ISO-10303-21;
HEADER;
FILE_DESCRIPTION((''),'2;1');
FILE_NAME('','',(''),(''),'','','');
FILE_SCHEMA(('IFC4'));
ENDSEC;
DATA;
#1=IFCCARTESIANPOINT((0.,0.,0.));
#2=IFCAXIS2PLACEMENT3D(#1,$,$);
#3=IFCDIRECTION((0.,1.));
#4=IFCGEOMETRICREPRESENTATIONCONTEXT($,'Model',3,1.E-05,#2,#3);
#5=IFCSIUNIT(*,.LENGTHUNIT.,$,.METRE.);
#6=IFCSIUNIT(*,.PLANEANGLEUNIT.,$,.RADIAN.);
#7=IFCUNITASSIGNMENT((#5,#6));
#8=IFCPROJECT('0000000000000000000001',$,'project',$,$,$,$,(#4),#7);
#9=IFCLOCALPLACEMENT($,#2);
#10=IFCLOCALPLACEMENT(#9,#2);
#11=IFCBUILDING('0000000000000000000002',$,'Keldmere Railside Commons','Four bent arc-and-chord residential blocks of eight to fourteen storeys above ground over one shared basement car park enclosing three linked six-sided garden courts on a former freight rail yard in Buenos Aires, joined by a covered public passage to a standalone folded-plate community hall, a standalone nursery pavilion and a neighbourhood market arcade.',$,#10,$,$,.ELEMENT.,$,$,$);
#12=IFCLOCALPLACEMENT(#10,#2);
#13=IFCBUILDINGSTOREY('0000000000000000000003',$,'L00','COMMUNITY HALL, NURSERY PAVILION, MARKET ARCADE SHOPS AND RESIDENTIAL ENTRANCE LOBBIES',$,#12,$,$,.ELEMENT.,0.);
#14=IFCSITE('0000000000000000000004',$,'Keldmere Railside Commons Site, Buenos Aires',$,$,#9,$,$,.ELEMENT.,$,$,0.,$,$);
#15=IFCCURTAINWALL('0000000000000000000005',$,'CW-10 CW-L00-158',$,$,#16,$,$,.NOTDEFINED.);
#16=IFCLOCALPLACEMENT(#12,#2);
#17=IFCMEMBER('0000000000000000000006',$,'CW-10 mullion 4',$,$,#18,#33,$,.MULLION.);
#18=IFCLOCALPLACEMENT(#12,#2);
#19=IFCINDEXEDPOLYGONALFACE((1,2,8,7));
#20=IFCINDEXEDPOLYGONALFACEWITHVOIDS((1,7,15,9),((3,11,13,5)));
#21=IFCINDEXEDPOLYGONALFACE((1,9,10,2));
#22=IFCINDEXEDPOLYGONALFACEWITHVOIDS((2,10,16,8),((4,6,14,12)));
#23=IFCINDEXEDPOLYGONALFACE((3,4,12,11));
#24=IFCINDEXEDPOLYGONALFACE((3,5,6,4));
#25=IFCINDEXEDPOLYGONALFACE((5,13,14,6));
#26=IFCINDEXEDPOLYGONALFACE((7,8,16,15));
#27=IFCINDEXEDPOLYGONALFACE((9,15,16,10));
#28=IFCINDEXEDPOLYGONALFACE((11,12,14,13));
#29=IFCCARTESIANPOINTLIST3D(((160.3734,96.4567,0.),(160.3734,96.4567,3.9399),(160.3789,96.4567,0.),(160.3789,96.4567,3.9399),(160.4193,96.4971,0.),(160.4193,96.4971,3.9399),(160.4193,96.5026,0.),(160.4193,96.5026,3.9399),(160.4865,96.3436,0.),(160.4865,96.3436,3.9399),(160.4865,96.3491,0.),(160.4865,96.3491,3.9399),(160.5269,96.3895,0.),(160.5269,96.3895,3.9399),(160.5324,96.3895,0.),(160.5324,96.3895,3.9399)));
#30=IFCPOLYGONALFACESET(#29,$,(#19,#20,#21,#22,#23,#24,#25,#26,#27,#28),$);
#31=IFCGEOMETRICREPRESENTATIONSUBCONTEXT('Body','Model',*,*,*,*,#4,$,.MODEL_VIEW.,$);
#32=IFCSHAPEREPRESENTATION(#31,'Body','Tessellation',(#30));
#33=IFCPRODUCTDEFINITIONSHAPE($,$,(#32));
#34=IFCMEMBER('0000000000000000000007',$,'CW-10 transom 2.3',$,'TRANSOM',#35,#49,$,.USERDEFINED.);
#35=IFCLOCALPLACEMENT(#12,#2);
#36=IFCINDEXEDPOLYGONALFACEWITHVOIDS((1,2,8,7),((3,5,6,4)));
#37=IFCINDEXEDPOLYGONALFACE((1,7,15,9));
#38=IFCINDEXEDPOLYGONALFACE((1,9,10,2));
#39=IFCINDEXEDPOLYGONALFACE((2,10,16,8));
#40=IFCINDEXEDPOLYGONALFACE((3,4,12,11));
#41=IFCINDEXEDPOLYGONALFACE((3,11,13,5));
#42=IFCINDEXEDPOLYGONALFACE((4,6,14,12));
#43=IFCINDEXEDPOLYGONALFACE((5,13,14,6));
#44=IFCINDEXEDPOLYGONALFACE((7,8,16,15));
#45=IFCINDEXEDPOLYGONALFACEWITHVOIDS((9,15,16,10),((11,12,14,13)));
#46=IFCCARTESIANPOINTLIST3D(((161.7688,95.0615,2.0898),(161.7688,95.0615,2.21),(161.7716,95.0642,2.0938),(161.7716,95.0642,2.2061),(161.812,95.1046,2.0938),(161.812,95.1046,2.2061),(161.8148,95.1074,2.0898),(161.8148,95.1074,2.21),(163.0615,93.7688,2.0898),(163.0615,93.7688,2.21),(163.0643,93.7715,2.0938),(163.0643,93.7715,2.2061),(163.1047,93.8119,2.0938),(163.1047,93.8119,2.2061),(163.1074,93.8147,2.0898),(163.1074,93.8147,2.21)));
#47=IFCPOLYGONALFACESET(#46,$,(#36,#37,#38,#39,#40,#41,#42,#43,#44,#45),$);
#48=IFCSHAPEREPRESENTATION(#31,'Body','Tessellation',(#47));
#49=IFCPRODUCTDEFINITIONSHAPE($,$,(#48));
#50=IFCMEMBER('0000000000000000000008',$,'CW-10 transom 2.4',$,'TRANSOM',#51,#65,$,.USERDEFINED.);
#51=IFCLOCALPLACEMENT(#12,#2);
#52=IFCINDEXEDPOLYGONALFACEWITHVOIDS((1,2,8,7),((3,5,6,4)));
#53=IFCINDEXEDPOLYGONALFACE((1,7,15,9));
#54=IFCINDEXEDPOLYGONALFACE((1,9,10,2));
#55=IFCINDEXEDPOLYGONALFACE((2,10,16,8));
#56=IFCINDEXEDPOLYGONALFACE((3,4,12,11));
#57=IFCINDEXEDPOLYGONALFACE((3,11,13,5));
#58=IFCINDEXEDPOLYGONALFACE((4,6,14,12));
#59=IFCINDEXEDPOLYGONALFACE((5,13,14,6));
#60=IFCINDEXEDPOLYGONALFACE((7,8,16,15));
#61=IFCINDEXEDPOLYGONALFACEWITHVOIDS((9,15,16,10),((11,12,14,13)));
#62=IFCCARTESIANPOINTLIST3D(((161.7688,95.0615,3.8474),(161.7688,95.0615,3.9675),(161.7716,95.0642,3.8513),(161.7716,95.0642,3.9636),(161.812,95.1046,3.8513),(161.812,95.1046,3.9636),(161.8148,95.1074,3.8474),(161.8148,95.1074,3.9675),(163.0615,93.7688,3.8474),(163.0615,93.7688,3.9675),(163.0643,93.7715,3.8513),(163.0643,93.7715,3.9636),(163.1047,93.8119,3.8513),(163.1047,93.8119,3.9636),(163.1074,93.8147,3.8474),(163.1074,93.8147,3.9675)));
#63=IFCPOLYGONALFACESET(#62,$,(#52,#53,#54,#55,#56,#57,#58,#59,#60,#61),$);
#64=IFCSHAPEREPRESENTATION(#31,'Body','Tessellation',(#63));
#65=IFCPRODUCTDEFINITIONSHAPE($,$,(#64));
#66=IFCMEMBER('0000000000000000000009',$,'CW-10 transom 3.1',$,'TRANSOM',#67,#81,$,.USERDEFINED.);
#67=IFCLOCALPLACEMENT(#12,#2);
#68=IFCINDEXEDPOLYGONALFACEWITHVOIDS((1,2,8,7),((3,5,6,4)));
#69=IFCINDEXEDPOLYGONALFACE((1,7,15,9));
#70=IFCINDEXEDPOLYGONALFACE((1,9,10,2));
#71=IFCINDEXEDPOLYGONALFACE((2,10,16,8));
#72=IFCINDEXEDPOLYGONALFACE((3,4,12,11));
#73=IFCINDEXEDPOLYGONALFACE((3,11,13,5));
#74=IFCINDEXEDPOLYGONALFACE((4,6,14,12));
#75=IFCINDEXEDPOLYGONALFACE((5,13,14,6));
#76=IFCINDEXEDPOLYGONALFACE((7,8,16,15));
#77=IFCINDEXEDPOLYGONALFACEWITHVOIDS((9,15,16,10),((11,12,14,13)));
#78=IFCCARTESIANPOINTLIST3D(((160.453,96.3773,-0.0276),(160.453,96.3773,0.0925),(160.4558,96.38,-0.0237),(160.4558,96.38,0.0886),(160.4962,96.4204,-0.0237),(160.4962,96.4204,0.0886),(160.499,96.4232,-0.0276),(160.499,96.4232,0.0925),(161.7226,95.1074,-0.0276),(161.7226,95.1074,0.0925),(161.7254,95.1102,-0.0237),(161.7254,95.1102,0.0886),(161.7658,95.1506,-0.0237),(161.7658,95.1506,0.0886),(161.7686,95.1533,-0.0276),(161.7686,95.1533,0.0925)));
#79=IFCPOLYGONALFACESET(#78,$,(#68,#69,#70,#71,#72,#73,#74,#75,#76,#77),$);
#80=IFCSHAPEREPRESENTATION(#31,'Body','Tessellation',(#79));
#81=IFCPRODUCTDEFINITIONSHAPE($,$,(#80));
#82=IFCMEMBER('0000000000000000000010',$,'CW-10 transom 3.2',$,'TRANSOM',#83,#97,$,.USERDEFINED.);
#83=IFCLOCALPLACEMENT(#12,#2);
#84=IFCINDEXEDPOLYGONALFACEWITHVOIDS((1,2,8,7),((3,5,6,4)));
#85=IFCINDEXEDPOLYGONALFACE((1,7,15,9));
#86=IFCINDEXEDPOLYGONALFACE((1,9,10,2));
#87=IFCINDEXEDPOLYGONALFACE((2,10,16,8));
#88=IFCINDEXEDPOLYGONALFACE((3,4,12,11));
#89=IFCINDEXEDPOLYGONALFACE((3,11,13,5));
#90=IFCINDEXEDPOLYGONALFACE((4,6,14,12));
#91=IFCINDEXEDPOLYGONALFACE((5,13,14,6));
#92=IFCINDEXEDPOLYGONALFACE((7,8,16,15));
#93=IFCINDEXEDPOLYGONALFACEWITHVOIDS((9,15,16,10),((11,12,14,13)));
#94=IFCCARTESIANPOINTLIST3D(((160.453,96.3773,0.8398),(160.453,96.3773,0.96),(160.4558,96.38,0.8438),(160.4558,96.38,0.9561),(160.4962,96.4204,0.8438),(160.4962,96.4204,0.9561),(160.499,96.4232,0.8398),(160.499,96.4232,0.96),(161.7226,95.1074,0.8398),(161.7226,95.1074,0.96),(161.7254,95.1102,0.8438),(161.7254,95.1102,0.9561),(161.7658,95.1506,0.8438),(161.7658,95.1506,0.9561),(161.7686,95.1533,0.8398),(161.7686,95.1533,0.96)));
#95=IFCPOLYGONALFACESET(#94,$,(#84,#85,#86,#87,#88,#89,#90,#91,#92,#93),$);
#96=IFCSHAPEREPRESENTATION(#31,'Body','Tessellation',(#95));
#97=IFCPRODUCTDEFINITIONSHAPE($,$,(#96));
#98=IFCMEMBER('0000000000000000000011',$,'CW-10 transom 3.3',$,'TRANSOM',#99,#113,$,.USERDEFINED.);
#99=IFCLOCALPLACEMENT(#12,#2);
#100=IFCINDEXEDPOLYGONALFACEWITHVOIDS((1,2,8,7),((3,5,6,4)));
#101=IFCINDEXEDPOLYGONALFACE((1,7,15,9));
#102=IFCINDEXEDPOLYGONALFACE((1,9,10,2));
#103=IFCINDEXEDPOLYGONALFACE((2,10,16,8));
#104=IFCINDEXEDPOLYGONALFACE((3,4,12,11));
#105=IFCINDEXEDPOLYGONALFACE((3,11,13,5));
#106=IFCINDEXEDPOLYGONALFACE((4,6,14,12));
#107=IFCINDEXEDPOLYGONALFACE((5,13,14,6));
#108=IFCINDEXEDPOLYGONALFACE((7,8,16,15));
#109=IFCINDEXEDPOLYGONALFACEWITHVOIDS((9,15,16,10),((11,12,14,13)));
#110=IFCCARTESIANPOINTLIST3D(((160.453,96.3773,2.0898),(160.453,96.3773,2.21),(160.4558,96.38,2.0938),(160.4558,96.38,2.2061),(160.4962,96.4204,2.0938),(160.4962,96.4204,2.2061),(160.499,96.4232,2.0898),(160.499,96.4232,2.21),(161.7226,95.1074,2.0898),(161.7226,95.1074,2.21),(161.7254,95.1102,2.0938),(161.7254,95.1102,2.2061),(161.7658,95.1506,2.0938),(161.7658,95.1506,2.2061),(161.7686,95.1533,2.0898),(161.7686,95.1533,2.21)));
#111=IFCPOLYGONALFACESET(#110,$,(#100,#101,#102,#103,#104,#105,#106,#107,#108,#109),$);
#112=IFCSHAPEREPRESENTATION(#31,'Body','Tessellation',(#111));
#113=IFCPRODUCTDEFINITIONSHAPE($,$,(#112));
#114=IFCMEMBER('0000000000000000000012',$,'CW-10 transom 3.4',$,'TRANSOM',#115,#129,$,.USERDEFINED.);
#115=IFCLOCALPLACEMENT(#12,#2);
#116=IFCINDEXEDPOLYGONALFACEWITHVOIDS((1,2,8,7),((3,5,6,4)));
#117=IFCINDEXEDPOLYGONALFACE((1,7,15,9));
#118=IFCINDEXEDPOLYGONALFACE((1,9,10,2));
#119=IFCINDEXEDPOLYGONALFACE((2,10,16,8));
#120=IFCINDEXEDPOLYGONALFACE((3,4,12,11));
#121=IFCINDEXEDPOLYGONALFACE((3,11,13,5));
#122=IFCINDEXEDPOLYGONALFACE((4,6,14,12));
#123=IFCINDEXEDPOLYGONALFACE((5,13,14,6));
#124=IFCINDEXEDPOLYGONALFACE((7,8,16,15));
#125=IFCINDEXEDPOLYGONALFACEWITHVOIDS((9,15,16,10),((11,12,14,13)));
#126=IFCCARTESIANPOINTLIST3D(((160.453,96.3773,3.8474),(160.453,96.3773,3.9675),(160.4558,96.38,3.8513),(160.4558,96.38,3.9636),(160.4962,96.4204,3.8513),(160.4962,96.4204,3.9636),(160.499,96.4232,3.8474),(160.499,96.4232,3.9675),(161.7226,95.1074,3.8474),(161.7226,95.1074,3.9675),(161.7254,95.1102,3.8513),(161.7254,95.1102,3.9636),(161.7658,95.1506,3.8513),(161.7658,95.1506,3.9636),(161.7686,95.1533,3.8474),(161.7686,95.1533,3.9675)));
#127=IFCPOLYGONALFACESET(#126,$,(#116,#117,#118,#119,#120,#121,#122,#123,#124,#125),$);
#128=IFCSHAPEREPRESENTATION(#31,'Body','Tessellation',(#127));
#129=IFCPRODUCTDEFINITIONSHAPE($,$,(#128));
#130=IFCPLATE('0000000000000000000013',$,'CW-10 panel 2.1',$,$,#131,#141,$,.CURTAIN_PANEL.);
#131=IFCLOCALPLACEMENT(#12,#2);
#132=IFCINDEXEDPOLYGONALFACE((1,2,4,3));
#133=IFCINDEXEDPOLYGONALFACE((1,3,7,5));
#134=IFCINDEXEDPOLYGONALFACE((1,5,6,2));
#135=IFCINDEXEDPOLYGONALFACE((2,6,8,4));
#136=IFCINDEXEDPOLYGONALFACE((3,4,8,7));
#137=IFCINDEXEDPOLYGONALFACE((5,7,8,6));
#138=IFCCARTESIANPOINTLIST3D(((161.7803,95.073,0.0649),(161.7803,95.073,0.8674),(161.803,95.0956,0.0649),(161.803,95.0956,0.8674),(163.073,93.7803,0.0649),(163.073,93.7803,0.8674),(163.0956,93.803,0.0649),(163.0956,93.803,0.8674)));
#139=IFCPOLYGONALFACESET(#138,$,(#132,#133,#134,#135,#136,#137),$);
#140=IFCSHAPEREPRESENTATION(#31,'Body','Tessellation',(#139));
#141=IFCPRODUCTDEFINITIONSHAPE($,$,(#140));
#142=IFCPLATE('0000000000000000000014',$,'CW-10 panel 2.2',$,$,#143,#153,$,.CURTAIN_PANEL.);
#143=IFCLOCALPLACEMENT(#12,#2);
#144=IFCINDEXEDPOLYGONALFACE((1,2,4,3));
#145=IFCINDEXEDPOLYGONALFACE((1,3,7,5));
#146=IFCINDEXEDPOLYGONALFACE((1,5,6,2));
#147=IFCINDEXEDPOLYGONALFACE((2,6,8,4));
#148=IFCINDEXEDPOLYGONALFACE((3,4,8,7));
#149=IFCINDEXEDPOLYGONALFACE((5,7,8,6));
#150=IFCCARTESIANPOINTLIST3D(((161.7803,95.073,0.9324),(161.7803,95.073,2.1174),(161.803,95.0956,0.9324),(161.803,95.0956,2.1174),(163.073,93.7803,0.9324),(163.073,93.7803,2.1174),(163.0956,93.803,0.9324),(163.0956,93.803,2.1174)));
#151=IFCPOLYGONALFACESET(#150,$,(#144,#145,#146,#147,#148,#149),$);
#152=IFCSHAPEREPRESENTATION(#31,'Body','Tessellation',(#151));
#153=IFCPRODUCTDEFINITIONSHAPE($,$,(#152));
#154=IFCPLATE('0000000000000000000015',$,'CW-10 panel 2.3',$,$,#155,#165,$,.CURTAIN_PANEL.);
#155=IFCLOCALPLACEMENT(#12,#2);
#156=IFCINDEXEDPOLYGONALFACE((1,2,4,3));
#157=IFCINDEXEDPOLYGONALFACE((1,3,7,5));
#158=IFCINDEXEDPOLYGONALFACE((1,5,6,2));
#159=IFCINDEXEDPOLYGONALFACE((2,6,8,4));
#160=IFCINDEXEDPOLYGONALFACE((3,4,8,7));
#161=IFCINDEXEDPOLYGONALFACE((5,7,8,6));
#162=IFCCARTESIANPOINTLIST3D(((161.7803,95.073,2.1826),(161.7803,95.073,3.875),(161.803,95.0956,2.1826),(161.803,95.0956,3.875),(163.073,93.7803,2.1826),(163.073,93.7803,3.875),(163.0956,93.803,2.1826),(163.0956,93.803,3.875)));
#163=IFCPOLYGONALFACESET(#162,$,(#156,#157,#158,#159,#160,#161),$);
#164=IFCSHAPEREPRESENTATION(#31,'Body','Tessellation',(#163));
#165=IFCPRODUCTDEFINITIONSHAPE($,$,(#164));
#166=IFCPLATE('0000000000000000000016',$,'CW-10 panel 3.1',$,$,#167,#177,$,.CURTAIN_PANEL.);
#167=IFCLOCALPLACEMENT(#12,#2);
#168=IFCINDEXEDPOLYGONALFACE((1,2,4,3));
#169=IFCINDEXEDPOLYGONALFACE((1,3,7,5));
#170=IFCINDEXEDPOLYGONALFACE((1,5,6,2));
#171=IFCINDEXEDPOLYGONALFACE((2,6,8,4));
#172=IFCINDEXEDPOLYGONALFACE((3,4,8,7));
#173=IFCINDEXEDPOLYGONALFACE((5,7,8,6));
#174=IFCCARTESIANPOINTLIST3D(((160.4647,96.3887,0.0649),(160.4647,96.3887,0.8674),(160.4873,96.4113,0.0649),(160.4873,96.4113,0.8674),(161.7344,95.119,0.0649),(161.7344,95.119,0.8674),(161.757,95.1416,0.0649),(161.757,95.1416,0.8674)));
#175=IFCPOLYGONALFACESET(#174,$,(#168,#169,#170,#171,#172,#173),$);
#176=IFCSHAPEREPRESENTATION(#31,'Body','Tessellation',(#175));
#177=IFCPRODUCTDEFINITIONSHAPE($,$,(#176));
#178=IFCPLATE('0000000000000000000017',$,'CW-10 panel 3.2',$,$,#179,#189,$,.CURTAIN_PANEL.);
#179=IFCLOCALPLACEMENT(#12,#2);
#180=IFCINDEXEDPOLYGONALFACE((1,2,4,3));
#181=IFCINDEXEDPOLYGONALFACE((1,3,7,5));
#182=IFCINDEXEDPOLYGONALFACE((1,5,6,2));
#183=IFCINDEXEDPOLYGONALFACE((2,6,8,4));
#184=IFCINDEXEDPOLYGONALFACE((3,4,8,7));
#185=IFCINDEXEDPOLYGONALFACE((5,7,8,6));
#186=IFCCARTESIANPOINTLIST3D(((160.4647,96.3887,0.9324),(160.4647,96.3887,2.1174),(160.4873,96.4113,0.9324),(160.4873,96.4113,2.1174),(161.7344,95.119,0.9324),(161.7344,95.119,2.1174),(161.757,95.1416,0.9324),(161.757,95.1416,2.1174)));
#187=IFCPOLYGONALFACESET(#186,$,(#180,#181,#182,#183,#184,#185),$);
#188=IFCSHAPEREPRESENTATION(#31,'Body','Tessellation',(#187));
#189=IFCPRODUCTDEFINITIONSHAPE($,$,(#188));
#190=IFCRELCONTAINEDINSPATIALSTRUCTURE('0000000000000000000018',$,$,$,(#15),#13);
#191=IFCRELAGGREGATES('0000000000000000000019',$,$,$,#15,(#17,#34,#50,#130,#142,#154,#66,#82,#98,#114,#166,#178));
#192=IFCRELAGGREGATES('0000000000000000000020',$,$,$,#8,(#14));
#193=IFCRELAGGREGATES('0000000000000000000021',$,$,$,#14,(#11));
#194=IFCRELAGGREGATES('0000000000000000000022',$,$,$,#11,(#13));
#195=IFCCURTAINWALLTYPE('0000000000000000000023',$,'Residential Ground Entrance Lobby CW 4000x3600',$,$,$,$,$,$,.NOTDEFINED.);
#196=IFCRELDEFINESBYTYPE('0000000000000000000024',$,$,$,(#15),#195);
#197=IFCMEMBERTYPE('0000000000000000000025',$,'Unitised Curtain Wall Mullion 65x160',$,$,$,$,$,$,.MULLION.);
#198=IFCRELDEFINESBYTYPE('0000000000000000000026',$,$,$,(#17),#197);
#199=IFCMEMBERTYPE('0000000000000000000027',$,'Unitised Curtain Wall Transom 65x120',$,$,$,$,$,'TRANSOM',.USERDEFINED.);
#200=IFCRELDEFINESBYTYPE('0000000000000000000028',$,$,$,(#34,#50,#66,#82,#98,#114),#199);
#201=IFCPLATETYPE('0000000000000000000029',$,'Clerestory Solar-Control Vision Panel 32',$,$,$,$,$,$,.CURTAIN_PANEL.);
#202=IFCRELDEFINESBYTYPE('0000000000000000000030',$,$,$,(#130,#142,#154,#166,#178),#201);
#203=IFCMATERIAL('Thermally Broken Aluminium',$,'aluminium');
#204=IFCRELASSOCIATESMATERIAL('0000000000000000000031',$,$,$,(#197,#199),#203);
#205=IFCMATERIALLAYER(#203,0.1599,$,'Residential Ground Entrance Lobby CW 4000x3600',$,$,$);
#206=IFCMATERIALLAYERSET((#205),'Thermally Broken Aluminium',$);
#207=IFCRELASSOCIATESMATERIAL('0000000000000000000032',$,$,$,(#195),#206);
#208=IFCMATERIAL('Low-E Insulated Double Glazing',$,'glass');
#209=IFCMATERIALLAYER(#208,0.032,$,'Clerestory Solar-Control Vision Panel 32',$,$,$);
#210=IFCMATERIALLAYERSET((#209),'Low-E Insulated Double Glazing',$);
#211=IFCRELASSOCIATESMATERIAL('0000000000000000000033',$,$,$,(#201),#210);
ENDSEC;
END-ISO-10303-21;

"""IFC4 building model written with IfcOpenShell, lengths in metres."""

from ifc_helpers import new_model, si_unit, direction, frame, origin, origin_2d, place, context, subcontext, project, spatial, rectangle, hollow_rectangle, extrude, material, layer, layer_set, material_profile, profile_set, type_object, element, aggregate, save


model = new_model("IFC4")

# Units and contexts
model_context = context("Model", 3, precision=1e-05, world=origin(), true_north=direction((0.0, 1.0)))
body_context = subcontext(model_context, "Body", "Model", "MODEL_VIEW")
ifc_project = project(units=[si_unit("LENGTHUNIT", "METRE"), si_unit("PLANEANGLEUNIT", "RADIAN")], contexts=[model_context])

# Site, building, storey
site_placement = place(None, origin())
site = spatial("IfcSite", under=ifc_project, at=site_placement, Name="Keldmere Railside Commons Site, Buenos Aires", CompositionType="ELEMENT", RefElevation=0.0)
building_placement = place(site_placement, origin())
building = spatial("IfcBuilding", under=site, at=building_placement, Name="Keldmere Railside Commons", Description="Four bent arc-and-chord residential blocks of eight to fourteen storeys above ground over one shared basement car park enclosing three linked six-sided garden courts on a former freight rail yard in Buenos Aires, joined by a covered public passage to a standalone folded-plate community hall, a standalone nursery pavilion and a neighbourhood market arcade.", CompositionType="ELEMENT")
storey_placement = place(building_placement, origin())
storey = spatial("IfcBuildingStorey", under=building, at=storey_placement, Name="L00", Description="COMMUNITY HALL, NURSERY PAVILION, MARKET ARCADE SHOPS AND RESIDENTIAL ENTRANCE LOBBIES", CompositionType="ELEMENT", Elevation=0.0)

# Shared definitions
ifc_material_1 = material(Name="Thermally Broken Aluminium", Category="aluminium")
ifc_material_profile_1 = material_profile(ifc_material_1, hollow_rectangle(XDim=0.0649, YDim=0.1599, WallThickness=0.0039, at=origin_2d()), Name="ALU-MULL-65x160")
ifc_profile_set_1 = profile_set([ifc_material_profile_1], Name="Thermally Broken Aluminium")
member_type_1 = type_object("IfcMemberType", Name="Unitised Curtain Wall Mullion 65x160", PredefinedType="MULLION", material=ifc_profile_set_1)

# Curtain wall, members, plates
ifc_layer_1 = layer(ifc_material_1, 0.1599, Name="Residential Ground Entrance Lobby CW 4000x3600")
ifc_layer_set_1 = layer_set([ifc_layer_1], Name="Thermally Broken Aluminium")
curtain_wall_type_1 = type_object("IfcCurtainWallType", Name="Residential Ground Entrance Lobby CW 4000x3600", PredefinedType="NOTDEFINED", material=ifc_layer_set_1)
curtain_wall_1_placement = place(storey_placement, origin())
curtain_wall_1 = element("IfcCurtainWall", 1, at=curtain_wall_1_placement, inside=storey, type_object=curtain_wall_type_1, Name="CW-10 CW-L00-158", PredefinedType="NOTDEFINED")
member_1_placement = place(storey_placement, frame((160.4529, 96.4231, 0.0), z_axis=(0.0, 0.0, 1.0), x_axis=(-0.707107, -0.707107, 0.0)))
member_1 = element("IfcMember", 2, at=member_1_placement, type_object=member_type_1, Name="CW-10 mullion 4", PredefinedType="MULLION", context=body_context, shape_type="SweptSolid", body=[
    extrude(hollow_rectangle(XDim=0.0649, YDim=0.1599, WallThickness=0.0039, at=origin_2d()), origin(), (0.0, 0.0, 1.0), 3.9399),
])
ifc_material_profile_2 = material_profile(ifc_material_1, hollow_rectangle(XDim=0.0649, YDim=0.1201, WallThickness=0.0039, at=origin_2d()), Name="ALU-TRAN-65x120")
ifc_profile_set_2 = profile_set([ifc_material_profile_2], Name="Thermally Broken Aluminium")
member_type_2 = type_object("IfcMemberType", Name="Unitised Curtain Wall Transom 65x120", ElementType="TRANSOM", PredefinedType="USERDEFINED", material=ifc_profile_set_2)
member_2_placement = place(storey_placement, frame((163.0845, 93.7917, 2.1499), z_axis=(-0.707107, 0.707107, 0.0), x_axis=(-0.707107, -0.707107, 0.0)))
member_2 = element("IfcMember", 3, at=member_2_placement, type_object=member_type_2, Name="CW-10 transom 2.3", ObjectType="TRANSOM", PredefinedType="USERDEFINED", context=body_context, shape_type="SweptSolid", body=[
    extrude(hollow_rectangle(XDim=0.0649, YDim=0.1201, WallThickness=0.0039, at=origin_2d()), origin(), (0.0, 0.0, 1.0), 1.8281),
])
member_3_placement = place(storey_placement, frame((163.0845, 93.7917, 3.9075), z_axis=(-0.707107, 0.707107, 0.0), x_axis=(-0.707107, -0.707107, 0.0)))
member_3 = element("IfcMember", 4, at=member_3_placement, type_object=member_type_2, Name="CW-10 transom 2.4", ObjectType="TRANSOM", PredefinedType="USERDEFINED", context=body_context, shape_type="SweptSolid", body=[
    extrude(hollow_rectangle(XDim=0.0649, YDim=0.1201, WallThickness=0.0039, at=origin_2d()), origin(), (0.0, 0.0, 1.0), 1.8281),
])
member_4_placement = place(storey_placement, frame((161.7456, 95.1304, 0.0325), z_axis=(-0.707039, 0.707175, 0.0), x_axis=(-0.707175, -0.707039, 0.0)))
member_4 = element("IfcMember", 5, at=member_4_placement, type_object=member_type_2, Name="CW-10 transom 3.1", ObjectType="TRANSOM", PredefinedType="USERDEFINED", context=body_context, shape_type="SweptSolid", body=[
    extrude(hollow_rectangle(XDim=0.0649, YDim=0.1201, WallThickness=0.0039, at=origin_2d()), origin(), (0.0, 0.0, 1.0), 1.7957),
])
member_5_placement = place(storey_placement, frame((161.7456, 95.1304, 0.8999), z_axis=(-0.707039, 0.707175, 0.0), x_axis=(-0.707175, -0.707039, 0.0)))
member_5 = element("IfcMember", 6, at=member_5_placement, type_object=member_type_2, Name="CW-10 transom 3.2", ObjectType="TRANSOM", PredefinedType="USERDEFINED", context=body_context, shape_type="SweptSolid", body=[
    extrude(hollow_rectangle(XDim=0.0649, YDim=0.1201, WallThickness=0.0039, at=origin_2d()), origin(), (0.0, 0.0, 1.0), 1.7957),
])
member_6_placement = place(storey_placement, frame((161.7456, 95.1304, 2.1499), z_axis=(-0.707039, 0.707175, 0.0), x_axis=(-0.707175, -0.707039, 0.0)))
member_6 = element("IfcMember", 7, at=member_6_placement, type_object=member_type_2, Name="CW-10 transom 3.3", ObjectType="TRANSOM", PredefinedType="USERDEFINED", context=body_context, shape_type="SweptSolid", body=[
    extrude(hollow_rectangle(XDim=0.0649, YDim=0.1201, WallThickness=0.0039, at=origin_2d()), origin(), (0.0, 0.0, 1.0), 1.7957),
])
member_7_placement = place(storey_placement, frame((161.7456, 95.1304, 3.9075), z_axis=(-0.707039, 0.707175, 0.0), x_axis=(-0.707175, -0.707039, 0.0)))
member_7 = element("IfcMember", 8, at=member_7_placement, type_object=member_type_2, Name="CW-10 transom 3.4", ObjectType="TRANSOM", PredefinedType="USERDEFINED", context=body_context, shape_type="SweptSolid", body=[
    extrude(hollow_rectangle(XDim=0.0649, YDim=0.1201, WallThickness=0.0039, at=origin_2d()), origin(), (0.0, 0.0, 1.0), 1.7957),
])
ifc_material_2 = material(Name="Low-E Insulated Double Glazing", Category="glass")
ifc_layer_2 = layer(ifc_material_2, 0.032, Name="Clerestory Solar-Control Vision Panel 32")
ifc_layer_set_2 = layer_set([ifc_layer_2], Name="Low-E Insulated Double Glazing")
plate_type = type_object("IfcPlateType", Name="Clerestory Solar-Control Vision Panel 32", PredefinedType="CURTAIN_PANEL", material=ifc_layer_set_2)
plate_1_placement = place(storey_placement, frame((162.438, 94.438, 0.0649), z_axis=(0.0, 0.0, 1.0), x_axis=(-0.707107, 0.707107, 0.0)))
plate_1 = element("IfcPlate", 9, at=plate_1_placement, type_object=plate_type, Name="CW-10 panel 2.1", PredefinedType="CURTAIN_PANEL", context=body_context, shape_type="SweptSolid", body=[
    extrude(rectangle(XDim=1.8281, YDim=0.032, at=origin_2d()), origin(), (0.0, 0.0, 1.0), 0.8025),
])
plate_2_placement = place(storey_placement, frame((162.438, 94.438, 0.9324), z_axis=(0.0, 0.0, 1.0), x_axis=(-0.707107, 0.707107, 0.0)))
plate_2 = element("IfcPlate", 10, at=plate_2_placement, type_object=plate_type, Name="CW-10 panel 2.2", PredefinedType="CURTAIN_PANEL", context=body_context, shape_type="SweptSolid", body=[
    extrude(rectangle(XDim=1.8281, YDim=0.032, at=origin_2d()), origin(), (0.0, 0.0, 1.0), 1.1851),
])
plate_3_placement = place(storey_placement, frame((162.438, 94.438, 2.1826), z_axis=(0.0, 0.0, 1.0), x_axis=(-0.707107, 0.707107, 0.0)))
plate_3 = element("IfcPlate", 11, at=plate_3_placement, type_object=plate_type, Name="CW-10 panel 2.3", PredefinedType="CURTAIN_PANEL", context=body_context, shape_type="SweptSolid", body=[
    extrude(rectangle(XDim=1.8281, YDim=0.032, at=origin_2d()), origin(), (0.0, 0.0, 1.0), 1.6924),
])
plate_4_placement = place(storey_placement, frame((161.1108, 95.7651, 0.0649), z_axis=(0.0, 0.0, 1.0), x_axis=(-0.707107, 0.707107, 0.0)))
plate_4 = element("IfcPlate", 12, at=plate_4_placement, type_object=plate_type, Name="CW-10 panel 3.1", PredefinedType="CURTAIN_PANEL", context=body_context, shape_type="SweptSolid", body=[
    extrude(rectangle(XDim=1.7957, YDim=0.032, at=origin_2d()), origin(), (0.0, 0.0, 1.0), 0.8025),
])
plate_5_placement = place(storey_placement, frame((161.1108, 95.7651, 0.9324), z_axis=(0.0, 0.0, 1.0), x_axis=(-0.707107, 0.707107, 0.0)))
plate_5 = element("IfcPlate", 13, at=plate_5_placement, type_object=plate_type, Name="CW-10 panel 3.2", PredefinedType="CURTAIN_PANEL", context=body_context, shape_type="SweptSolid", body=[
    extrude(rectangle(XDim=1.7957, YDim=0.032, at=origin_2d()), origin(), (0.0, 0.0, 1.0), 1.1851),
])
aggregate(curtain_wall_1, [member_1, member_2, member_3, plate_1, plate_2, plate_3, member_4, member_5, member_6, member_7, plate_4, plate_5])

save(model, "model.ifc")
